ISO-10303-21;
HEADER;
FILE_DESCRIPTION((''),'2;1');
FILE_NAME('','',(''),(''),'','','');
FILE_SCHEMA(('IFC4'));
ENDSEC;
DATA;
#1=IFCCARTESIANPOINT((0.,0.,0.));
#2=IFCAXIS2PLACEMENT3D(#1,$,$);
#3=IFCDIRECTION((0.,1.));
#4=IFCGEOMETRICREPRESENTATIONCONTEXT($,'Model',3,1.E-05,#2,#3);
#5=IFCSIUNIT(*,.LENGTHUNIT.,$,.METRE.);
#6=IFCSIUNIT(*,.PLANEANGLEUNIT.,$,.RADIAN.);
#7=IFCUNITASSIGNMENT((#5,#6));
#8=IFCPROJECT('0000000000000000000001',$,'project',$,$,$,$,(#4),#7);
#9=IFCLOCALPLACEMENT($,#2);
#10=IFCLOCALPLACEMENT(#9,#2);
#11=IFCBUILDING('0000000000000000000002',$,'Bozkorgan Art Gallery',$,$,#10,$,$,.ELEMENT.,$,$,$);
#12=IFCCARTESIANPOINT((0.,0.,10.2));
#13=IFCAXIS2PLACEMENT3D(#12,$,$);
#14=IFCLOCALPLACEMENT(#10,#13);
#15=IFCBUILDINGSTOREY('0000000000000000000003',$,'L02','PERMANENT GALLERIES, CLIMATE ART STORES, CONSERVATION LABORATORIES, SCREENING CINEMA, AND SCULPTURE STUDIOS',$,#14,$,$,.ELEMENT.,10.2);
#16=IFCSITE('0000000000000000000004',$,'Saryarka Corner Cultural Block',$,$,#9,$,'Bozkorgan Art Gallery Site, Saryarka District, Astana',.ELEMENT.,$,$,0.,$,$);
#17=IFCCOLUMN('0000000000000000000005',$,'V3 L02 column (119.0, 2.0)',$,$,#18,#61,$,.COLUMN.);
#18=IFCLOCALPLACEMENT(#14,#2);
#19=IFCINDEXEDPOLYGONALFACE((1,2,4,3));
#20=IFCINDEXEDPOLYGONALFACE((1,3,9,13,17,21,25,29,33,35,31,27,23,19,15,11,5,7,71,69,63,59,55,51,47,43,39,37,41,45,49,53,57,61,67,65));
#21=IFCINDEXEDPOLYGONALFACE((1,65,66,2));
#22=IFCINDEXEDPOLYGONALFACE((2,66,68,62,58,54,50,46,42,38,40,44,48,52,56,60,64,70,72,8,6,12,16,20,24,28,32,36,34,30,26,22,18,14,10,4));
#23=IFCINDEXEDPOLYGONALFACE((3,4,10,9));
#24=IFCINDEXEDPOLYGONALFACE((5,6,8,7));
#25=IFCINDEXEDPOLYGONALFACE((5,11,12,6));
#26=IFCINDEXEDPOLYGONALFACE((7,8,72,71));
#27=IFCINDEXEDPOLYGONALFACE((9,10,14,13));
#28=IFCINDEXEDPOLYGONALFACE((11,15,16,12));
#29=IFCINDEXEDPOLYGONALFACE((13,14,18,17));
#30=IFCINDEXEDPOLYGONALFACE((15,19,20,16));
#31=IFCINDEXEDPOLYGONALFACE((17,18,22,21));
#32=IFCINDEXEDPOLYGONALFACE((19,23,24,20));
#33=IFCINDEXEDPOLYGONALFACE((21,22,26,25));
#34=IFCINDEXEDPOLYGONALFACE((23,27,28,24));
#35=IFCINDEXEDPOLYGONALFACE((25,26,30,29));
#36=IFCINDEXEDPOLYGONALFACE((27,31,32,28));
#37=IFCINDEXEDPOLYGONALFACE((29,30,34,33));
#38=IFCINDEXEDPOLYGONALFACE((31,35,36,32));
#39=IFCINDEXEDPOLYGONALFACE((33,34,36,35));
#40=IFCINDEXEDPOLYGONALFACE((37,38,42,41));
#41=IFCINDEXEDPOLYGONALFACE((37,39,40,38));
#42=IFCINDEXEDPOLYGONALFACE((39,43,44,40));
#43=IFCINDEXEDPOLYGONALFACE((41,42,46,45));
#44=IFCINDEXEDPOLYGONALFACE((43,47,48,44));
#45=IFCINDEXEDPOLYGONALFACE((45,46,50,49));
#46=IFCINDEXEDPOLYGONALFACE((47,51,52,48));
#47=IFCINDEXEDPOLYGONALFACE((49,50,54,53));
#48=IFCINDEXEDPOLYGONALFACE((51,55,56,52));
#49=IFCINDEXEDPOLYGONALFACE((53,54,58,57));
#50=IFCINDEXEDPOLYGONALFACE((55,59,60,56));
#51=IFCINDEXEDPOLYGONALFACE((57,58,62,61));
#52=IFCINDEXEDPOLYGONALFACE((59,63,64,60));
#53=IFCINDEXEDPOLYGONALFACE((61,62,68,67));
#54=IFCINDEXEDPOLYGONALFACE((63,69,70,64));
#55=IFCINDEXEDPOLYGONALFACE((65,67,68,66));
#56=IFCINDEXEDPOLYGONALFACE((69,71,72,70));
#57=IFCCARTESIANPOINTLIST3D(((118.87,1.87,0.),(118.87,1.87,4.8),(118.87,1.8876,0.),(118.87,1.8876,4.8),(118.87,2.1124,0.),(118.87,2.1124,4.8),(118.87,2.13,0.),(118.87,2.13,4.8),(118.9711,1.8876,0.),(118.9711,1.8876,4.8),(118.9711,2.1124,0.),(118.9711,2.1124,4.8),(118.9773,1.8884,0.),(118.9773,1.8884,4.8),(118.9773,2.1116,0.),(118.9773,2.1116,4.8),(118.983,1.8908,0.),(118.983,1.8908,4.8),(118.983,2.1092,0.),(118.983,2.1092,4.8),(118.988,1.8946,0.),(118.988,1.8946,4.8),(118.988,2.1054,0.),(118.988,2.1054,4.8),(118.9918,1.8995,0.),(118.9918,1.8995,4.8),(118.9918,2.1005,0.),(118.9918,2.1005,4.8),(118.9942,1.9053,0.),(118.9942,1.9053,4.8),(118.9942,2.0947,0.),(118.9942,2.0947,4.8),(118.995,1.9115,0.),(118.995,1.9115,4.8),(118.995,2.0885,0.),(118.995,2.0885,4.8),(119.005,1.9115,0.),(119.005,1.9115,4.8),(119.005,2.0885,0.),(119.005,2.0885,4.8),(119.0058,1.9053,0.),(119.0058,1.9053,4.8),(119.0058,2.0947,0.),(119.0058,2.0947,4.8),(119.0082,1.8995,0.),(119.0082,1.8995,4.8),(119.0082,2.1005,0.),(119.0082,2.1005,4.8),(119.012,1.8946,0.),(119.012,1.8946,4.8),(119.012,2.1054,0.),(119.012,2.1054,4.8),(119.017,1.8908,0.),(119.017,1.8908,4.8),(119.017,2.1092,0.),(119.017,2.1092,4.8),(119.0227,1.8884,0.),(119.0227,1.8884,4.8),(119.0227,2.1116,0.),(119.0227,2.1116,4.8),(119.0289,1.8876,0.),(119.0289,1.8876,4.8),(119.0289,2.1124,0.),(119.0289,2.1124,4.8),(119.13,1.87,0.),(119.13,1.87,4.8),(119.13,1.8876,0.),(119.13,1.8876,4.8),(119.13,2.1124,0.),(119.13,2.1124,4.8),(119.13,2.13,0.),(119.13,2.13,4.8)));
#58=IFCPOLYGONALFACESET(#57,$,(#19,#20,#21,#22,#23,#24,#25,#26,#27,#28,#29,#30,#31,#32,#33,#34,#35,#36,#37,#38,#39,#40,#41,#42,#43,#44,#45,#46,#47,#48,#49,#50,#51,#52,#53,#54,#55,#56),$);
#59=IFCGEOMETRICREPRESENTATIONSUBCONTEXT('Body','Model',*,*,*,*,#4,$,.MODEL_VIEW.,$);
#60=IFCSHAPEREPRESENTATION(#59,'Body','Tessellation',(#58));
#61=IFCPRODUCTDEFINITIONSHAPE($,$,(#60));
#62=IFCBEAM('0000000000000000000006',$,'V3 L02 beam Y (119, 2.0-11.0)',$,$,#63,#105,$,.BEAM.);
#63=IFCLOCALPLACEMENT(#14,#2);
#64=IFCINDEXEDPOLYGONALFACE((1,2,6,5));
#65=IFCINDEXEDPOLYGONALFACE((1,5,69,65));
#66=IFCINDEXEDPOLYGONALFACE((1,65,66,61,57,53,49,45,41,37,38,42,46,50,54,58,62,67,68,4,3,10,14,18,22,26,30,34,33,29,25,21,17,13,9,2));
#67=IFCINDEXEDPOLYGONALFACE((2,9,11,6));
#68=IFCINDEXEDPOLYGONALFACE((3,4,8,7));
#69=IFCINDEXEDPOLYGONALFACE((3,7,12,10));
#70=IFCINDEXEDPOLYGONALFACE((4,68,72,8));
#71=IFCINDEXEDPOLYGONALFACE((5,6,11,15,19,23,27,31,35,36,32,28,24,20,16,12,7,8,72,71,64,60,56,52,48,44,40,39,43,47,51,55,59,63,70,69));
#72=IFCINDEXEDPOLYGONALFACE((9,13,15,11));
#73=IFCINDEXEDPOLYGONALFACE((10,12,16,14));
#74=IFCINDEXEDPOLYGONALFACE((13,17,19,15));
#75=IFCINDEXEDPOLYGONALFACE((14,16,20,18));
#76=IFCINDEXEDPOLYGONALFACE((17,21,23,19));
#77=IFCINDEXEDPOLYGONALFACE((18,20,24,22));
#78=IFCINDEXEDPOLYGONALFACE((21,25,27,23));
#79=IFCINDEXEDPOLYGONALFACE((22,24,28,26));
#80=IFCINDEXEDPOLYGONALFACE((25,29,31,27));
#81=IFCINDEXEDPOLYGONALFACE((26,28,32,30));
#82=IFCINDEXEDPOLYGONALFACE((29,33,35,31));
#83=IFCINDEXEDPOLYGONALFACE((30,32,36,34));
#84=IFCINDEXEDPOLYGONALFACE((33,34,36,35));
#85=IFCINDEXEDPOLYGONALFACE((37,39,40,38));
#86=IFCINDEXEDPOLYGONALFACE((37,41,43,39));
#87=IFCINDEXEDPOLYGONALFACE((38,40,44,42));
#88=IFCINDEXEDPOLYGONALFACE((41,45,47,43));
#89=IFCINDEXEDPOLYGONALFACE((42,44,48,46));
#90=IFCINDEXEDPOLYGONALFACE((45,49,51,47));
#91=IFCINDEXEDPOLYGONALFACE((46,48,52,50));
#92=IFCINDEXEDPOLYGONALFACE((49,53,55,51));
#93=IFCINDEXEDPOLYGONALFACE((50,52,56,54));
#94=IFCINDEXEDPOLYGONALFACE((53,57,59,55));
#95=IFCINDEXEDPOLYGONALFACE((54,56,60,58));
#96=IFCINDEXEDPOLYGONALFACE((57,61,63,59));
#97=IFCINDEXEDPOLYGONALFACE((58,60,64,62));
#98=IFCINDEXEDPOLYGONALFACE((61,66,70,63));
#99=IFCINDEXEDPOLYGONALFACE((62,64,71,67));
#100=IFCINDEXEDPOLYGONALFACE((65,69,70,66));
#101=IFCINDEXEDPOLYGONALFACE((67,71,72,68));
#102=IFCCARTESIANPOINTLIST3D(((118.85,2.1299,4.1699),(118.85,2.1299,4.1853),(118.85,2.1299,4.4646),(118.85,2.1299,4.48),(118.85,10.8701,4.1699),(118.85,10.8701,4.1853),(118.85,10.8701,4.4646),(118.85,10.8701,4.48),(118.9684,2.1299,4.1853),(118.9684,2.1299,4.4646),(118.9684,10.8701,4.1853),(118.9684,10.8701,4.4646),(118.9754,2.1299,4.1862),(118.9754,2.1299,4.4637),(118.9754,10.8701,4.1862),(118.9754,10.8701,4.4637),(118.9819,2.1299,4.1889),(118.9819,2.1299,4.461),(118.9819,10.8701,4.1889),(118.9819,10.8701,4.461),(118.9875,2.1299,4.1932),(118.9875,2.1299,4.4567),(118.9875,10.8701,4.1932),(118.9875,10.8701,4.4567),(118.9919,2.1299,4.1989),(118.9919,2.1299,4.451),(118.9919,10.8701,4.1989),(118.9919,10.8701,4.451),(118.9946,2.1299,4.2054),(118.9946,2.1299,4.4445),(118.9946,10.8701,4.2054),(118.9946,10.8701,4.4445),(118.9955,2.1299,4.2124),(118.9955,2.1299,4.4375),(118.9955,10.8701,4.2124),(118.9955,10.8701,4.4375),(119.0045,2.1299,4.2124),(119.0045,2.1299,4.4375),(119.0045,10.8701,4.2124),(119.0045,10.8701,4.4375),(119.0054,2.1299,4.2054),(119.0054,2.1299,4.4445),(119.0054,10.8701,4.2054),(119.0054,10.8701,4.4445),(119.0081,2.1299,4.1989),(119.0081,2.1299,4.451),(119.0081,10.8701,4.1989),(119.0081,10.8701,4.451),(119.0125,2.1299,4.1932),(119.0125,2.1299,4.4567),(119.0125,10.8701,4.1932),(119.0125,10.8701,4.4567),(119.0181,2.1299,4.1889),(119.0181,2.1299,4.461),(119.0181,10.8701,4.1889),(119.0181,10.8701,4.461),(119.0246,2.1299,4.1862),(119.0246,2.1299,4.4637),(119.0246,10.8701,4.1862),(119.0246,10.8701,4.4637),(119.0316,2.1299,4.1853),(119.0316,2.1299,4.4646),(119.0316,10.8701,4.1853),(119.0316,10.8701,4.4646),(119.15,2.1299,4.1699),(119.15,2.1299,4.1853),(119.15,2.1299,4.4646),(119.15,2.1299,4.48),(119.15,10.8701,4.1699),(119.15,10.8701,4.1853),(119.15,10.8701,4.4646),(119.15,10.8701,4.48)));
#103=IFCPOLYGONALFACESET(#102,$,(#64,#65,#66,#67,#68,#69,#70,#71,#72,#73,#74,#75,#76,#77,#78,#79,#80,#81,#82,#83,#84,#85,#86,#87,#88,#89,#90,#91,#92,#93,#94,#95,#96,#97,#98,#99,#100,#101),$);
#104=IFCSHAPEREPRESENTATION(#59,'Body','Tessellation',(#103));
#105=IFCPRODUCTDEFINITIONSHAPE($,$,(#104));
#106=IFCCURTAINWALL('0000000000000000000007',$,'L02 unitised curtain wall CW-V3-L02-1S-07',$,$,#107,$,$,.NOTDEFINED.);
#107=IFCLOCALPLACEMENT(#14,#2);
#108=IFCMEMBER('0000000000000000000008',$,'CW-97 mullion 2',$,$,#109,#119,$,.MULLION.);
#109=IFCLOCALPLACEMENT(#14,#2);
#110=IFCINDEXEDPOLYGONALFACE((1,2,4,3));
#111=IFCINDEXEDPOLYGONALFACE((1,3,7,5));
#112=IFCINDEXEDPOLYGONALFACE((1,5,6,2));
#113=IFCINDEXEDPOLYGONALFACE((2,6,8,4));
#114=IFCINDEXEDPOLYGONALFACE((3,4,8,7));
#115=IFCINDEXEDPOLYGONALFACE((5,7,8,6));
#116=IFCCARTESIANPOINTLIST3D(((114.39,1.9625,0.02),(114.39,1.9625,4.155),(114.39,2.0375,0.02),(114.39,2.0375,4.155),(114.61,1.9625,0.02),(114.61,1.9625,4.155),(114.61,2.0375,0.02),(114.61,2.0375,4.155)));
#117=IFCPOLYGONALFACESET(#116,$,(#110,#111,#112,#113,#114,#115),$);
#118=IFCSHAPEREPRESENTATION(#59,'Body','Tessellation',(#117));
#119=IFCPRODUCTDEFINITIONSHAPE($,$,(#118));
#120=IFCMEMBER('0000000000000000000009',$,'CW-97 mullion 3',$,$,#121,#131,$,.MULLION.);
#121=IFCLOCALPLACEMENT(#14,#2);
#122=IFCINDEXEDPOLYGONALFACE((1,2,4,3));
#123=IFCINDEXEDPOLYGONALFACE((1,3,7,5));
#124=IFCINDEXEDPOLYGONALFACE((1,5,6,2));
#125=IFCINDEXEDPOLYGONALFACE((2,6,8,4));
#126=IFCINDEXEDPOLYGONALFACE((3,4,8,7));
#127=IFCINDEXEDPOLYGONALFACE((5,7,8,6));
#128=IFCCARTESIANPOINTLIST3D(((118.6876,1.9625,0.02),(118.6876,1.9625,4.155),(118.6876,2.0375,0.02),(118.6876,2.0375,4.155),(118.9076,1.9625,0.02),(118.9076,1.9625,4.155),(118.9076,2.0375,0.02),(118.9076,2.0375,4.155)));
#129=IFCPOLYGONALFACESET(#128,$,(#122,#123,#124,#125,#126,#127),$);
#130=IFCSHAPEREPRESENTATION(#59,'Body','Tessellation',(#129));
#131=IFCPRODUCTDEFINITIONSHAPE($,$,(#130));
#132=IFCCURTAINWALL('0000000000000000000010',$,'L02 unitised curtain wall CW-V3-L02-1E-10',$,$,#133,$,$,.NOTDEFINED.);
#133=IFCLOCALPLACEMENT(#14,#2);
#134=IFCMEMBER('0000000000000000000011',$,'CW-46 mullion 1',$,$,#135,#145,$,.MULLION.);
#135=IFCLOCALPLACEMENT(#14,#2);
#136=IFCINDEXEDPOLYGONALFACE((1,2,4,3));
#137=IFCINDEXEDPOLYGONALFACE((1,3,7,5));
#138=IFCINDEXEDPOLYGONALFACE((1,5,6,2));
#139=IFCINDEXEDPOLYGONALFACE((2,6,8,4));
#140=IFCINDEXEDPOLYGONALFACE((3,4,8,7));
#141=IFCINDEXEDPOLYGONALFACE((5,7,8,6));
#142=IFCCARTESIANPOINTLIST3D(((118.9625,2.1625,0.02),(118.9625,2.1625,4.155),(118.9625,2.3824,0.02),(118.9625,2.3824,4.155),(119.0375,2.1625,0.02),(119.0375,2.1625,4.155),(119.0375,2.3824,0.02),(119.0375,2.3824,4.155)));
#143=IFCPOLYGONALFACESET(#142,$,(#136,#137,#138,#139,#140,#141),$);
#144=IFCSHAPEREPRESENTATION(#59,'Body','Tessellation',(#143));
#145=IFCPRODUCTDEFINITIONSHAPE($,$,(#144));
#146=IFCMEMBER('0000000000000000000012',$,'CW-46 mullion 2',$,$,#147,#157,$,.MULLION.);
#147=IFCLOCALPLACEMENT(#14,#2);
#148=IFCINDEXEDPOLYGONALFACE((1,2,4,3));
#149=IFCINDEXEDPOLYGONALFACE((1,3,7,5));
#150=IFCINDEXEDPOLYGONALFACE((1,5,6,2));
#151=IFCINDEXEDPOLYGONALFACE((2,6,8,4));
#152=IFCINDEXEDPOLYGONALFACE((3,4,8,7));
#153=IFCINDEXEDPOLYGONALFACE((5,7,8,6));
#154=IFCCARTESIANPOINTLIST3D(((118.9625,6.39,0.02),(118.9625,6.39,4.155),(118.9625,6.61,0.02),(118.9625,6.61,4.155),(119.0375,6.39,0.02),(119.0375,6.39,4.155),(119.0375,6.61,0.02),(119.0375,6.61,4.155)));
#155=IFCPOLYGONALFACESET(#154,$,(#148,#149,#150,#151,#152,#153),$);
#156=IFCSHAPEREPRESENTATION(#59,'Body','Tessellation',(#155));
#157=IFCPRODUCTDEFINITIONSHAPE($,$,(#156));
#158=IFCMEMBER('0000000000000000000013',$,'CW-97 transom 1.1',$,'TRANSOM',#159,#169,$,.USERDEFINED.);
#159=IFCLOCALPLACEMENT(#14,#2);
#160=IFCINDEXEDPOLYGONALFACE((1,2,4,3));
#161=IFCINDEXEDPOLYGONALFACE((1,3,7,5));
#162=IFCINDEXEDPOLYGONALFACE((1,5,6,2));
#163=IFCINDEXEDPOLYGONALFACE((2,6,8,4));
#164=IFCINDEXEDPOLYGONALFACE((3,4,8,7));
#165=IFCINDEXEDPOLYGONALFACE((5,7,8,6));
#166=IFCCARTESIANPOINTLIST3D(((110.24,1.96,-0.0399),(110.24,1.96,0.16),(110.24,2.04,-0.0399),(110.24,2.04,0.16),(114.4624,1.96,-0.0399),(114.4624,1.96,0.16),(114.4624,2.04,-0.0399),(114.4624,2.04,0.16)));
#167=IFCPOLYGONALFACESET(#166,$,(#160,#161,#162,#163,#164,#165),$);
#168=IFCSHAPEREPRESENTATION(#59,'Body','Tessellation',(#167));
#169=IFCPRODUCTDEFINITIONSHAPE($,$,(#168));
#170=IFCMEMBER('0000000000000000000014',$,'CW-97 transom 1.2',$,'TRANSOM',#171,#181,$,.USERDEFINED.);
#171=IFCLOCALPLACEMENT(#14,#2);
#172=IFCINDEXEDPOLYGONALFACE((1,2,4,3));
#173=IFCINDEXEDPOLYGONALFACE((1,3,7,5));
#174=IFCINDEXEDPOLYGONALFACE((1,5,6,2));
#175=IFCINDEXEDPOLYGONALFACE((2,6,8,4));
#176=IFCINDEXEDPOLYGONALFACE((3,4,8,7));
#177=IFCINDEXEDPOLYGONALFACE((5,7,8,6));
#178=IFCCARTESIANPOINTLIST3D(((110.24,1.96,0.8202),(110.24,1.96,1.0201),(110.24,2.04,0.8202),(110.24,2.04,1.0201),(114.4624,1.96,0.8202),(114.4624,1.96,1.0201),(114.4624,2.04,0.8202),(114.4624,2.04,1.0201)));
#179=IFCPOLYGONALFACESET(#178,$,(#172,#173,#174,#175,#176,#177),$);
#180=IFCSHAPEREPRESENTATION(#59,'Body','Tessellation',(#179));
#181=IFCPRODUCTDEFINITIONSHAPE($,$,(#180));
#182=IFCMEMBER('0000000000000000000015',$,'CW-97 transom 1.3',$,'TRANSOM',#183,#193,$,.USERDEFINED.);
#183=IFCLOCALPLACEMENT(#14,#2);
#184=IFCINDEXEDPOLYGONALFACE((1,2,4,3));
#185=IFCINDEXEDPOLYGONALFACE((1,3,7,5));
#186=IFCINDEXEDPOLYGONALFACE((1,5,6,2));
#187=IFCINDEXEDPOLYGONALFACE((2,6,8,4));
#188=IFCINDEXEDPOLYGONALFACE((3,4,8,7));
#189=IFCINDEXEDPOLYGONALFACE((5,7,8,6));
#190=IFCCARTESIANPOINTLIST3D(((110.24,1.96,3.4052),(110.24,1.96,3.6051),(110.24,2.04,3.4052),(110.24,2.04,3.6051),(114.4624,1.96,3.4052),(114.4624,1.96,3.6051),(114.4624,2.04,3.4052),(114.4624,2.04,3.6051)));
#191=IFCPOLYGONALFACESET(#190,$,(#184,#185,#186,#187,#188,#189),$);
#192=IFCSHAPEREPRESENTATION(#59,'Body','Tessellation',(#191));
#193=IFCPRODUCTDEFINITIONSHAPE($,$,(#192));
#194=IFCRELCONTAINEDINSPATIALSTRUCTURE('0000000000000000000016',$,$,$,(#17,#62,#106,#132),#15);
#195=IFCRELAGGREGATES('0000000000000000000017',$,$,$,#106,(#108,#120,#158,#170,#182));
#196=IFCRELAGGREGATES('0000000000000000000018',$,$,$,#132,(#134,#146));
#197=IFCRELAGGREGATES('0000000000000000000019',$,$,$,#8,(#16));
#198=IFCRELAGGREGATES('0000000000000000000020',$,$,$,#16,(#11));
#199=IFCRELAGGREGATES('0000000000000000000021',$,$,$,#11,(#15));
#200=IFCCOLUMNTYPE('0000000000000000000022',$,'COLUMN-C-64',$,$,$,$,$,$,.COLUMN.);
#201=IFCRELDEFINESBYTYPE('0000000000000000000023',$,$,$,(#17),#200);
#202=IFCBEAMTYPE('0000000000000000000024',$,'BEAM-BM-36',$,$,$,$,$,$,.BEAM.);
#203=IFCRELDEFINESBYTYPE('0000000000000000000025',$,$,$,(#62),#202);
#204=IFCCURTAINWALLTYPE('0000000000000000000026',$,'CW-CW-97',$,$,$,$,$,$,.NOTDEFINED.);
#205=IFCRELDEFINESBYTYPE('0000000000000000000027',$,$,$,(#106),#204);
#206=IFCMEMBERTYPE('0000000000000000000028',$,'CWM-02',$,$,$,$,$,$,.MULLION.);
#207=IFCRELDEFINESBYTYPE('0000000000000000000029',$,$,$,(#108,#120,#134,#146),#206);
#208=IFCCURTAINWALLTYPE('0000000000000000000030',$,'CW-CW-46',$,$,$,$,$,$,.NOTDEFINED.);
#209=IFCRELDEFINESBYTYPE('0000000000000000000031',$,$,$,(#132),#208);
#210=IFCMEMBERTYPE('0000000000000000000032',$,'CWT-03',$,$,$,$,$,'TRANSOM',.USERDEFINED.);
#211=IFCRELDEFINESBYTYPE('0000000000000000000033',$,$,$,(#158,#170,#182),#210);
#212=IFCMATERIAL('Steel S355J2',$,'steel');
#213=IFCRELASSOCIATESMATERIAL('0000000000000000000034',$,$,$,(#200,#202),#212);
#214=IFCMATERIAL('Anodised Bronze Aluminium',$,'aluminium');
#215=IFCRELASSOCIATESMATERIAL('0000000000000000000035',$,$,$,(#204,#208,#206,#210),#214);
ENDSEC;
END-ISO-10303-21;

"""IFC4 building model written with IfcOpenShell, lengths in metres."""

from ifc_helpers import new_model, si_unit, direction, frame, origin, origin_2d, place, context, subcontext, project, spatial, rectangle, i_section, extrude, material, material_profile, profile_set, type_object, element, aggregate, save


model = new_model("IFC4")

# Units and contexts
model_context = context("Model", 3, precision=1e-05, world=origin(), true_north=direction((0.0, 1.0)))
body_context = subcontext(model_context, "Body", "Model", "MODEL_VIEW")
ifc_project = project(units=[si_unit("LENGTHUNIT", "METRE"), si_unit("PLANEANGLEUNIT", "RADIAN")], contexts=[model_context])

# Site, building, storey
site_placement = place(None, origin())
site = spatial("IfcSite", under=ifc_project, at=site_placement, Name="Saryarka Corner Cultural Block", LongName="Bozkorgan Art Gallery Site, Saryarka District, Astana", CompositionType="ELEMENT", RefElevation=0.0)
building_placement = place(site_placement, origin())
building = spatial("IfcBuilding", under=site, at=building_placement, Name="Bozkorgan Art Gallery", CompositionType="ELEMENT")
storey_placement = place(building_placement, frame((0.0, 0.0, 10.2)))
storey = spatial("IfcBuildingStorey", under=building, at=storey_placement, Name="L02", Description="PERMANENT GALLERIES, CLIMATE ART STORES, CONSERVATION LABORATORIES, SCREENING CINEMA, AND SCULPTURE STUDIOS", CompositionType="ELEMENT", Elevation=10.2)

# Column
ifc_material_1 = material(Name="Steel S355J2", Category="steel")
ifc_material_profile_1 = material_profile(ifc_material_1, i_section(OverallWidth=0.26, OverallDepth=0.26, WebThickness=0.01, FlangeThickness=0.0176, FilletRadius=0.0239, at=origin_2d()), Name="HEB 260")
ifc_profile_set_1 = profile_set([ifc_material_profile_1], Name="Steel S355J2")
column_type = type_object("IfcColumnType", Name="COLUMN-C-64", PredefinedType="COLUMN", material=ifc_profile_set_1)
column_placement = place(storey_placement, frame((119.0, 2.0, 0.0), z_axis=(0.0, 0.0, 1.0), x_axis=(1.0, 0.0, 0.0)))
element("IfcColumn", 1, at=column_placement, inside=storey, type_object=column_type, Name="V3 L02 column (119.0, 2.0)", PredefinedType="COLUMN", context=body_context, shape_type="SweptSolid", body=[
    extrude(i_section(OverallWidth=0.26, OverallDepth=0.26, WebThickness=0.01, FlangeThickness=0.0176, FilletRadius=0.0239, at=origin_2d()), origin(), (0.0, 0.0, 1.0), 4.8),
])

# Beam
ifc_material_profile_2 = material_profile(ifc_material_1, i_section(OverallWidth=0.3, OverallDepth=0.3101, WebThickness=0.009, FlangeThickness=0.0154, FilletRadius=0.0271, at=origin_2d()), Name="HEA 320")
ifc_profile_set_2 = profile_set([ifc_material_profile_2], Name="Steel S355J2")
beam_type = type_object("IfcBeamType", Name="BEAM-BM-36", PredefinedType="BEAM", material=ifc_profile_set_2)
beam_placement = place(storey_placement, frame((119.0, 2.1299, 4.325), z_axis=(0.0, 1.0, 0.0), x_axis=(-1.0, 0.0, 0.0)))
element("IfcBeam", 2, at=beam_placement, inside=storey, type_object=beam_type, Name="V3 L02 beam Y (119, 2.0-11.0)", PredefinedType="BEAM", context=body_context, shape_type="SweptSolid", body=[
    extrude(i_section(OverallWidth=0.3, OverallDepth=0.3101, WebThickness=0.009, FlangeThickness=0.0154, FilletRadius=0.0271, at=origin_2d()), origin(), (0.0, 0.0, 1.0), 8.7402),
])

# Curtain walls, members
ifc_material_2 = material(Name="Anodised Bronze Aluminium", Category="aluminium")
curtain_wall_type_1 = type_object("IfcCurtainWallType", Name="CW-CW-97", PredefinedType="NOTDEFINED", material=ifc_material_2)
curtain_wall_1_placement = place(storey_placement, origin())
curtain_wall_1 = element("IfcCurtainWall", 3, at=curtain_wall_1_placement, inside=storey, type_object=curtain_wall_type_1, Name="L02 unitised curtain wall CW-V3-L02-1S-07", PredefinedType="NOTDEFINED")
ifc_material_profile_3 = material_profile(ifc_material_2, rectangle(XDim=0.075, YDim=0.22, at=origin_2d()), Name="ALU MULLION 75x220")
ifc_profile_set_3 = profile_set([ifc_material_profile_3], Name="Anodised Bronze Aluminium")
member_type_1 = type_object("IfcMemberType", Name="CWM-02", PredefinedType="MULLION", material=ifc_profile_set_3)
member_1_placement = place(storey_placement, frame((114.5, 2.0, 0.02), z_axis=(0.0, 0.0, 1.0), x_axis=(0.0, 1.0, 0.0)))
member_1 = element("IfcMember", 4, at=member_1_placement, type_object=member_type_1, Name="CW-97 mullion 2", PredefinedType="MULLION", context=body_context, shape_type="SweptSolid", body=[
    extrude(rectangle(XDim=0.075, YDim=0.22, at=origin_2d()), origin(), (0.0, 0.0, 1.0), 4.135),
])
member_2_placement = place(storey_placement, frame((118.7976, 2.0, 0.02), z_axis=(0.0, 0.0, 1.0), x_axis=(0.0, 1.0, 0.0)))
member_2 = element("IfcMember", 5, at=member_2_placement, type_object=member_type_1, Name="CW-97 mullion 3", PredefinedType="MULLION", context=body_context, shape_type="SweptSolid", body=[
    extrude(rectangle(XDim=0.075, YDim=0.22, at=origin_2d()), origin(), (0.0, 0.0, 1.0), 4.135),
])
curtain_wall_type_2 = type_object("IfcCurtainWallType", Name="CW-CW-46", PredefinedType="NOTDEFINED", material=ifc_material_2)
curtain_wall_2_placement = place(storey_placement, origin())
curtain_wall_2 = element("IfcCurtainWall", 6, at=curtain_wall_2_placement, inside=storey, type_object=curtain_wall_type_2, Name="L02 unitised curtain wall CW-V3-L02-1E-10", PredefinedType="NOTDEFINED")
member_3_placement = place(storey_placement, frame((119.0, 2.2725, 0.02), z_axis=(0.0, 0.0, 1.0), x_axis=(-1.0, 0.0, 0.0)))
member_3 = element("IfcMember", 7, at=member_3_placement, type_object=member_type_1, Name="CW-46 mullion 1", PredefinedType="MULLION", context=body_context, shape_type="SweptSolid", body=[
    extrude(rectangle(XDim=0.075, YDim=0.22, at=origin_2d()), origin(), (0.0, 0.0, 1.0), 4.135),
])
member_4_placement = place(storey_placement, frame((119.0, 6.5, 0.02), z_axis=(0.0, 0.0, 1.0), x_axis=(-1.0, 0.0, 0.0)))
member_4 = element("IfcMember", 8, at=member_4_placement, type_object=member_type_1, Name="CW-46 mullion 2", PredefinedType="MULLION", context=body_context, shape_type="SweptSolid", body=[
    extrude(rectangle(XDim=0.075, YDim=0.22, at=origin_2d()), origin(), (0.0, 0.0, 1.0), 4.135),
])

# Members
ifc_material_profile_4 = material_profile(ifc_material_2, rectangle(XDim=0.0801, YDim=0.2, at=origin_2d()), Name="ALU TRANSOM 80x200")
ifc_profile_set_4 = profile_set([ifc_material_profile_4], Name="Anodised Bronze Aluminium")
member_type_2 = type_object("IfcMemberType", Name="CWT-03", ElementType="TRANSOM", PredefinedType="USERDEFINED", material=ifc_profile_set_4)
member_5_placement = place(storey_placement, frame((110.24, 2.0, 0.0601), z_axis=(1.0, 0.0, 0.0), x_axis=(0.0, 1.0, 0.0)))
member_5 = element("IfcMember", 9, at=member_5_placement, type_object=member_type_2, Name="CW-97 transom 1.1", ObjectType="TRANSOM", PredefinedType="USERDEFINED", context=body_context, shape_type="SweptSolid", body=[
    extrude(rectangle(XDim=0.0801, YDim=0.2, at=origin_2d()), origin(), (0.0, 0.0, 1.0), 4.2224),
])
member_6_placement = place(storey_placement, frame((110.24, 2.0, 0.9202), z_axis=(1.0, 0.0, 0.0), x_axis=(0.0, 1.0, 0.0)))
member_6 = element("IfcMember", 10, at=member_6_placement, type_object=member_type_2, Name="CW-97 transom 1.2", ObjectType="TRANSOM", PredefinedType="USERDEFINED", context=body_context, shape_type="SweptSolid", body=[
    extrude(rectangle(XDim=0.0801, YDim=0.2, at=origin_2d()), origin(), (0.0, 0.0, 1.0), 4.2224),
])
member_7_placement = place(storey_placement, frame((110.24, 2.0, 3.5051), z_axis=(1.0, 0.0, 0.0), x_axis=(0.0, 1.0, 0.0)))
member_7 = element("IfcMember", 11, at=member_7_placement, type_object=member_type_2, Name="CW-97 transom 1.3", ObjectType="TRANSOM", PredefinedType="USERDEFINED", context=body_context, shape_type="SweptSolid", body=[
    extrude(rectangle(XDim=0.0801, YDim=0.2, at=origin_2d()), origin(), (0.0, 0.0, 1.0), 4.2224),
])

aggregate(curtain_wall_1, [member_1, member_2, member_5, member_6, member_7])
aggregate(curtain_wall_2, [member_3, member_4])

save(model, "model.ifc")
